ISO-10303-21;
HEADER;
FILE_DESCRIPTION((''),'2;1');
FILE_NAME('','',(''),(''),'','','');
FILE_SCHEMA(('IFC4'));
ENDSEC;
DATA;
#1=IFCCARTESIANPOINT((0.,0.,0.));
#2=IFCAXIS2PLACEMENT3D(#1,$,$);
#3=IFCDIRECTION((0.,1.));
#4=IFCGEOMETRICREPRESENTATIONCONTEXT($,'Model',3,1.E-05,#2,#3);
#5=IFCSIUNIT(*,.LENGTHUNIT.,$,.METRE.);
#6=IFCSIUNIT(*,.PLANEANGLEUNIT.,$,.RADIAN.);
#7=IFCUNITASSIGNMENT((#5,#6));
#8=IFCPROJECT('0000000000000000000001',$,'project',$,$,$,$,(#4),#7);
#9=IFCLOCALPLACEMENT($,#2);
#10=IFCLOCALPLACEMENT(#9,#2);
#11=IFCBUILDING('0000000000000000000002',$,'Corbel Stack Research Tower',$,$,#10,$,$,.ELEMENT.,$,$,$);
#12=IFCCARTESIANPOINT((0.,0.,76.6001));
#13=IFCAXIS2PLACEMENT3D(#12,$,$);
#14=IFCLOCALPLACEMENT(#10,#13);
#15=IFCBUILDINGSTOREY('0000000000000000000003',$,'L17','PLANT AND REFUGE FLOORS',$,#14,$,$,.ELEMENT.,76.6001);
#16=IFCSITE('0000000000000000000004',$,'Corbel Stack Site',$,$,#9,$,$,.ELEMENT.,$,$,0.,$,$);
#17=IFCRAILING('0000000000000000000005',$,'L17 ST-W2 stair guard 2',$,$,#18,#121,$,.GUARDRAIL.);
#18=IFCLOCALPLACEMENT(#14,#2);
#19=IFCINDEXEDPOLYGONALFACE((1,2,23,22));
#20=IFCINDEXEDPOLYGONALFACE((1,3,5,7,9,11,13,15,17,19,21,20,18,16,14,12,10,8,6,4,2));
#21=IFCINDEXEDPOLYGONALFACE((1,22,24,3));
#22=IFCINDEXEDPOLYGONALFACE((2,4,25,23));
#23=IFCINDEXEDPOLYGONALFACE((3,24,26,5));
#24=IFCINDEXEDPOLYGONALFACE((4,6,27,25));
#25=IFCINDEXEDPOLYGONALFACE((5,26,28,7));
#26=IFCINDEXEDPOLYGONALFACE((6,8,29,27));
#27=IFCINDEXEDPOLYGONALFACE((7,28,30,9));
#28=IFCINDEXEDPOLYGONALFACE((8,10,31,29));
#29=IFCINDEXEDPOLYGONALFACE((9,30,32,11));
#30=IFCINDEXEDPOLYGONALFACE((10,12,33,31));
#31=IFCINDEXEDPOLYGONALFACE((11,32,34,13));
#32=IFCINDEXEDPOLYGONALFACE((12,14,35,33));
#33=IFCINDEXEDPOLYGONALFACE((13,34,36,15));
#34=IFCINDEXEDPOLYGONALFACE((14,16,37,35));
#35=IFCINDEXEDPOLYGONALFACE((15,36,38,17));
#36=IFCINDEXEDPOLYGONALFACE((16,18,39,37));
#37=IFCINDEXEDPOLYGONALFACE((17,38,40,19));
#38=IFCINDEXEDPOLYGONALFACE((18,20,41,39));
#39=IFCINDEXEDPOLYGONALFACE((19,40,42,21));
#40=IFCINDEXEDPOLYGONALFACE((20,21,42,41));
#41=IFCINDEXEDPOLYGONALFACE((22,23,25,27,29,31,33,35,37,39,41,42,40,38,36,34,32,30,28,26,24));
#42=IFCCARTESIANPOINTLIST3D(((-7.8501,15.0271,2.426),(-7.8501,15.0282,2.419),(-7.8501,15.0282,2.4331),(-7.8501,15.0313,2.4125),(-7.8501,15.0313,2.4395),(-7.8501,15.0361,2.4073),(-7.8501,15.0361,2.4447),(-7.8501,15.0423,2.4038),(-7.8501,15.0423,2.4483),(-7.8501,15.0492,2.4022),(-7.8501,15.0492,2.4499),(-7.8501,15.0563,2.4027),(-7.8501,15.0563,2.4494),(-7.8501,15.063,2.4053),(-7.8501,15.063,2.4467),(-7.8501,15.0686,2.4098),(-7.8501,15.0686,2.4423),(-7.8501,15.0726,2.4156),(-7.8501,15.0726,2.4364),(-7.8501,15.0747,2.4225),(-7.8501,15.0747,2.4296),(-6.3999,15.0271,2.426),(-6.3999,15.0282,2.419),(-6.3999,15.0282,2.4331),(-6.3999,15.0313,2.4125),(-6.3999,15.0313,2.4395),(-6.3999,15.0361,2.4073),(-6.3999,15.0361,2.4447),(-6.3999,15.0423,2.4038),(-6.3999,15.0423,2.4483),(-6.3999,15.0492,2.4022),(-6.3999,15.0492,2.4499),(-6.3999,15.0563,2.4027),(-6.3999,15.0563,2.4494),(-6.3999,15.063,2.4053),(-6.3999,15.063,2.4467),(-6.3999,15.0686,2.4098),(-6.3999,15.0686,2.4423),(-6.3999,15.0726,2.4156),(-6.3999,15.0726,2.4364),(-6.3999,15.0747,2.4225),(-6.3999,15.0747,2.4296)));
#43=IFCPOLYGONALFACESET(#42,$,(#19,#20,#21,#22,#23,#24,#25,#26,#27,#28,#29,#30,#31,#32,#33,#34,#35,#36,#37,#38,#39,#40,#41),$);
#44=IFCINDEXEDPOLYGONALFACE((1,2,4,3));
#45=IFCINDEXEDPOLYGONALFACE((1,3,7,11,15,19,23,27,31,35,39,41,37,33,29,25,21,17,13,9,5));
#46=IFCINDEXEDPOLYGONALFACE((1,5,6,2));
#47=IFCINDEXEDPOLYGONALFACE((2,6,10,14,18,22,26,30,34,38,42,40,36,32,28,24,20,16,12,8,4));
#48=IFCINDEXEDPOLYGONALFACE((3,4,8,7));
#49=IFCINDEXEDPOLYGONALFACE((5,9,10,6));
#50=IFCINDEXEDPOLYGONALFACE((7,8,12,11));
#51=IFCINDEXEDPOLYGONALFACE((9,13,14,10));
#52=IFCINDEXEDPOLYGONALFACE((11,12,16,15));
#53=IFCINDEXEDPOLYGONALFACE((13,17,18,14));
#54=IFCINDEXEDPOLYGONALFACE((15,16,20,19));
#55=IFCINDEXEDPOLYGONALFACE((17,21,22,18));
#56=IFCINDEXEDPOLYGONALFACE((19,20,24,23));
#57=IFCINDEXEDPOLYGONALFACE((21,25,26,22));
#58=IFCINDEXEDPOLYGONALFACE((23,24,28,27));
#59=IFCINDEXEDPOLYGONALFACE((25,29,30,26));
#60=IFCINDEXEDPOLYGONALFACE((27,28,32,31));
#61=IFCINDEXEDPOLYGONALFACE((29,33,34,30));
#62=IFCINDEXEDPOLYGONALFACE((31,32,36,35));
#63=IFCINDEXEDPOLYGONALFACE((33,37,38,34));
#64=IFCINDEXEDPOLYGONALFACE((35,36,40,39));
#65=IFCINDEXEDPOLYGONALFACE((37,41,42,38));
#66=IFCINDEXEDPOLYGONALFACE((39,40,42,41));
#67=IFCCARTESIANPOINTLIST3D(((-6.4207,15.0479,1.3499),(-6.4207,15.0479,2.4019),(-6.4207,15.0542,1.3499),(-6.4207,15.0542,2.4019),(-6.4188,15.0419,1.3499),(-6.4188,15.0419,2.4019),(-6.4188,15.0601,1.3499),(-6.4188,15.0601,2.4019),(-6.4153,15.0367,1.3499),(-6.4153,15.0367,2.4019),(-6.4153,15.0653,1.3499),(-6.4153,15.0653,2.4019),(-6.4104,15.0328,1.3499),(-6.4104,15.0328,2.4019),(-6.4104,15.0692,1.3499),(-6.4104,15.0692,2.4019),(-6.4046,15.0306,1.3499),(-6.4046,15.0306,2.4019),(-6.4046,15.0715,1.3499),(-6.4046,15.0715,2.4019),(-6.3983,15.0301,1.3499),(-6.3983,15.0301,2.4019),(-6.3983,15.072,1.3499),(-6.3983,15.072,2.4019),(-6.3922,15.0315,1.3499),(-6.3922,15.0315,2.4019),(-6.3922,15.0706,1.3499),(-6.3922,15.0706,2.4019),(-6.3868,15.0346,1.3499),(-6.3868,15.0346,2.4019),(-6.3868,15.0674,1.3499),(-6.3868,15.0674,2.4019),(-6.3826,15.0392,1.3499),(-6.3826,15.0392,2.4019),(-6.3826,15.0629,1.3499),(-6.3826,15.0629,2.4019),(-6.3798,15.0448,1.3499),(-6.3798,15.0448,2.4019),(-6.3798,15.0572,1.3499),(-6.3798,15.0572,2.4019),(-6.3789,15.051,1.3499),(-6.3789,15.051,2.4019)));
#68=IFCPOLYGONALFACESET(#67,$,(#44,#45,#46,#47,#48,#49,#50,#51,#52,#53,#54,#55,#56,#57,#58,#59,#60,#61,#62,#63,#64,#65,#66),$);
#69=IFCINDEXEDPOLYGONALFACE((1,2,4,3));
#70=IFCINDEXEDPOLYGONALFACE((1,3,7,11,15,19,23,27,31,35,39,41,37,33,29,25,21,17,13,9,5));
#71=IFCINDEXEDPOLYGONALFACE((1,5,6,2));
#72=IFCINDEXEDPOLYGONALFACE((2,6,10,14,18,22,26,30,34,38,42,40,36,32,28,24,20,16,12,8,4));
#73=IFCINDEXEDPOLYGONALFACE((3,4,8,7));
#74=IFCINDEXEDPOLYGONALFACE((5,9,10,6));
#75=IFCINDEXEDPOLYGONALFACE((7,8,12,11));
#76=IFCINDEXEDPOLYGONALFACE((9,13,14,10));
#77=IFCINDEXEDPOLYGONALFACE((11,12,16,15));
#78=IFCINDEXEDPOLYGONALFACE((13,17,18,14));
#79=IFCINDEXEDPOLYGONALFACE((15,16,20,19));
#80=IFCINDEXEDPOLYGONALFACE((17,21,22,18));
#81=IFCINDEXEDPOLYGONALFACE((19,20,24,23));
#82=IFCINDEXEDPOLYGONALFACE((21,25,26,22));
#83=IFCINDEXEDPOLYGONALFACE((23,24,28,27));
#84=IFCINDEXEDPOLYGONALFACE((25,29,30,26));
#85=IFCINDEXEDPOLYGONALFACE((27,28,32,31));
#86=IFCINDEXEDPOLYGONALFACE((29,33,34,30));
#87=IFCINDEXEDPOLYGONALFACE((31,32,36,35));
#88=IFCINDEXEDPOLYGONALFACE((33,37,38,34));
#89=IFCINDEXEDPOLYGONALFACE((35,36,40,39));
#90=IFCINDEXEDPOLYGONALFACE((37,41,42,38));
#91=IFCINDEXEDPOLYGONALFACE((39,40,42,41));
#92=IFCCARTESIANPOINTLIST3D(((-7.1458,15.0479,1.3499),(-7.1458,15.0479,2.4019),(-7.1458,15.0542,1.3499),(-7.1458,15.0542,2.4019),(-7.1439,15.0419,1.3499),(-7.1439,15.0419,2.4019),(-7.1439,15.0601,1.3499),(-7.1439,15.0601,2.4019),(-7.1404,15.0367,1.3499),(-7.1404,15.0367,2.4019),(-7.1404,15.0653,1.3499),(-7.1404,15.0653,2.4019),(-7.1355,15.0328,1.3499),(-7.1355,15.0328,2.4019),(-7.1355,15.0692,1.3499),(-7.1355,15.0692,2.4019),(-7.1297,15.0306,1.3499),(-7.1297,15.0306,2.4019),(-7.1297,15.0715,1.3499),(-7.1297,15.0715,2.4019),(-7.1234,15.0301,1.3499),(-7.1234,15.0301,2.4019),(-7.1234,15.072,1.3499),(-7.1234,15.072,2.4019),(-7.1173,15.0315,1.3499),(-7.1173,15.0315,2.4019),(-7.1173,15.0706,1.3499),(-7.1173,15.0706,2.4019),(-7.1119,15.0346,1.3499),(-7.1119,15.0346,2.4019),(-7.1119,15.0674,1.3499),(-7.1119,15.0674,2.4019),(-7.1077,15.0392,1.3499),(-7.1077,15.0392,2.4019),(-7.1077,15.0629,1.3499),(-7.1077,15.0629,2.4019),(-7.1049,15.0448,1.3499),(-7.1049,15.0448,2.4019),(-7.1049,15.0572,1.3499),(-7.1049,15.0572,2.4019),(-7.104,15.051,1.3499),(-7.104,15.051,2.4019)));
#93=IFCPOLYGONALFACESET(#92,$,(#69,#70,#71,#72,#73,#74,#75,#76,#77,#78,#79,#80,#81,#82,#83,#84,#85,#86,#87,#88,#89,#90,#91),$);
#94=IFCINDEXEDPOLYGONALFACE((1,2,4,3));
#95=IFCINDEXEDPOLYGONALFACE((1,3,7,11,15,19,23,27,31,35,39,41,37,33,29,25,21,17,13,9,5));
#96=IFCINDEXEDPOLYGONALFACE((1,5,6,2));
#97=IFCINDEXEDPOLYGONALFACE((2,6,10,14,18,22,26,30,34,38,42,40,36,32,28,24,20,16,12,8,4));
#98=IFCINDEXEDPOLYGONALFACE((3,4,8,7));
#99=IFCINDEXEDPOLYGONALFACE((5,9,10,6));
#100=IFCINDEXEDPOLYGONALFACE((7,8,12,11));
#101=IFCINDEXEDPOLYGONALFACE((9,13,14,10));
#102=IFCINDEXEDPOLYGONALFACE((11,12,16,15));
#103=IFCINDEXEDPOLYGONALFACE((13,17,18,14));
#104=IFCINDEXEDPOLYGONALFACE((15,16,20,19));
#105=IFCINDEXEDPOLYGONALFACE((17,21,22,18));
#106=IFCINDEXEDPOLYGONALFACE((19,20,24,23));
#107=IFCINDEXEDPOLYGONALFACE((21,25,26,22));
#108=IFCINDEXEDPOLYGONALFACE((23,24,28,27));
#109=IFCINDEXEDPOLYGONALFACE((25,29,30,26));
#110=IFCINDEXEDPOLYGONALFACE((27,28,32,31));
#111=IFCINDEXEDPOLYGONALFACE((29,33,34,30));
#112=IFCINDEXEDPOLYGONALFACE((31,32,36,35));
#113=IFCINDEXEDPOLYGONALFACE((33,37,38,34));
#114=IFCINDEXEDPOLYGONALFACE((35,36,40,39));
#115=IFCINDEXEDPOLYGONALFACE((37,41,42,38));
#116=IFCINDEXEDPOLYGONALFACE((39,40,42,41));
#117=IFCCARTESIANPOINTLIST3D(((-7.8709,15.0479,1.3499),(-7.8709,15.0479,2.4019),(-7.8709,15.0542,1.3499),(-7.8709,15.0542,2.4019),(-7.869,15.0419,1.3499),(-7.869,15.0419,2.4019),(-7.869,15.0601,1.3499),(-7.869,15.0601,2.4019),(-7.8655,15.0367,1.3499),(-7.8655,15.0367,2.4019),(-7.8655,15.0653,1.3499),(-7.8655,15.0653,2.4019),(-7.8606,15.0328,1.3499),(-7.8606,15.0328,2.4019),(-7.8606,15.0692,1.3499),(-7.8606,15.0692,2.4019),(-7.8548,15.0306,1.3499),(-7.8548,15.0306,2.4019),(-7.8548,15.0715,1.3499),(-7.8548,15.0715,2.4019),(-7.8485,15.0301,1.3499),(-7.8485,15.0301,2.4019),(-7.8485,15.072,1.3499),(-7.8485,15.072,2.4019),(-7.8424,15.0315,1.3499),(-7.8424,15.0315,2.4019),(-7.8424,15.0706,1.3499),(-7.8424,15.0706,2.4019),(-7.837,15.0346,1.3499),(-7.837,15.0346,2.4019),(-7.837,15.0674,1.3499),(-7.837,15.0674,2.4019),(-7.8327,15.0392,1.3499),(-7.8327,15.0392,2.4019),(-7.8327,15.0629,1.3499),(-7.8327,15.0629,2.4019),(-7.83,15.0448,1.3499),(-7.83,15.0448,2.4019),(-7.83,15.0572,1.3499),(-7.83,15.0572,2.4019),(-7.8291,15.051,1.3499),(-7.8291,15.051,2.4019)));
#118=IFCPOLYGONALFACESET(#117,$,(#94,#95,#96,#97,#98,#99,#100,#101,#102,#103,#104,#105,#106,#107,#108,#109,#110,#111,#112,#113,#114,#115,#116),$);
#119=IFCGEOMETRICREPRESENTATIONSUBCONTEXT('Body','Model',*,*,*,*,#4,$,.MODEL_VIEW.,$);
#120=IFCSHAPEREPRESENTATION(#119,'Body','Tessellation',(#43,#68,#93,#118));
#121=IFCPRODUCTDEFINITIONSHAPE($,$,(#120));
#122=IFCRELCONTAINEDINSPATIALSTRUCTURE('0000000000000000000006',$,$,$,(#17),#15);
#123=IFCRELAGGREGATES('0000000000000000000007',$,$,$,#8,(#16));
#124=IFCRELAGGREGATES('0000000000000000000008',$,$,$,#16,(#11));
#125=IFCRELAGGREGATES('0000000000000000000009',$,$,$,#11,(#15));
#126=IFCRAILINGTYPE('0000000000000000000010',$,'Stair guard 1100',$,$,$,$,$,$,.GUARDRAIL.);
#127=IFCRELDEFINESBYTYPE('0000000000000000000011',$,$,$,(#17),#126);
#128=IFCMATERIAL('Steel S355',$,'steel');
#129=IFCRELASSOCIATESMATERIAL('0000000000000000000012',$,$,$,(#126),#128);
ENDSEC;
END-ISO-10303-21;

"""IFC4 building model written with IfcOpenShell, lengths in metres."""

from ifc_helpers import new_model, si_unit, direction, frame, origin, origin_2d, place, context, subcontext, project, spatial, circle, extrude, material, type_object, element, save


model = new_model("IFC4")

# Units and contexts
model_context = context("Model", 3, precision=1e-05, world=origin(), true_north=direction((0.0, 1.0)))
body_context = subcontext(model_context, "Body", "Model", "MODEL_VIEW")
ifc_project = project(units=[si_unit("LENGTHUNIT", "METRE"), si_unit("PLANEANGLEUNIT", "RADIAN")], contexts=[model_context])

# Site, building, storey
site_placement = place(None, origin())
site = spatial("IfcSite", under=ifc_project, at=site_placement, Name="Corbel Stack Site", CompositionType="ELEMENT", RefElevation=0.0)
building_placement = place(site_placement, origin())
building = spatial("IfcBuilding", under=site, at=building_placement, Name="Corbel Stack Research Tower", CompositionType="ELEMENT")
storey_placement = place(building_placement, frame((0.0, 0.0, 76.6001)))
storey = spatial("IfcBuildingStorey", under=building, at=storey_placement, Name="L17", Description="PLANT AND REFUGE FLOORS", CompositionType="ELEMENT", Elevation=76.6001)

# Railing
ifc_material_1 = material(Name="Steel S355", Category="steel")
railing_type_1 = type_object("IfcRailingType", Name="Stair guard 1100", PredefinedType="GUARDRAIL", material=ifc_material_1)
railing_1_placement = place(storey_placement, frame((-6.3999, 15.051, 1.3499)))
element("IfcRailing", 1, at=railing_1_placement, inside=storey, type_object=railing_type_1, Name="L17 ST-W2 stair guard 2", PredefinedType="GUARDRAIL", context=body_context, shape_type="SweptSolid", body=[
    extrude(circle(Radius=0.0239, at=origin_2d()), frame((0.0, 0.0, 1.0762), z_axis=(-1.0, 0.0, 0.0), x_axis=(0.0, -1.0, 0.0)), (0.0, 0.0, 1.0), 1.4502),
    extrude(circle(Radius=0.021, at=origin_2d()), origin(), (0.0, 0.0, 1.0), 1.052),
    extrude(circle(Radius=0.021, at=origin_2d()), frame((-0.7251, 0.0, 0.0)), (0.0, 0.0, 1.0), 1.052),
    extrude(circle(Radius=0.021, at=origin_2d()), frame((-1.4502, 0.0, 0.0)), (0.0, 0.0, 1.0), 1.052),
])

save(model, "model.ifc")
